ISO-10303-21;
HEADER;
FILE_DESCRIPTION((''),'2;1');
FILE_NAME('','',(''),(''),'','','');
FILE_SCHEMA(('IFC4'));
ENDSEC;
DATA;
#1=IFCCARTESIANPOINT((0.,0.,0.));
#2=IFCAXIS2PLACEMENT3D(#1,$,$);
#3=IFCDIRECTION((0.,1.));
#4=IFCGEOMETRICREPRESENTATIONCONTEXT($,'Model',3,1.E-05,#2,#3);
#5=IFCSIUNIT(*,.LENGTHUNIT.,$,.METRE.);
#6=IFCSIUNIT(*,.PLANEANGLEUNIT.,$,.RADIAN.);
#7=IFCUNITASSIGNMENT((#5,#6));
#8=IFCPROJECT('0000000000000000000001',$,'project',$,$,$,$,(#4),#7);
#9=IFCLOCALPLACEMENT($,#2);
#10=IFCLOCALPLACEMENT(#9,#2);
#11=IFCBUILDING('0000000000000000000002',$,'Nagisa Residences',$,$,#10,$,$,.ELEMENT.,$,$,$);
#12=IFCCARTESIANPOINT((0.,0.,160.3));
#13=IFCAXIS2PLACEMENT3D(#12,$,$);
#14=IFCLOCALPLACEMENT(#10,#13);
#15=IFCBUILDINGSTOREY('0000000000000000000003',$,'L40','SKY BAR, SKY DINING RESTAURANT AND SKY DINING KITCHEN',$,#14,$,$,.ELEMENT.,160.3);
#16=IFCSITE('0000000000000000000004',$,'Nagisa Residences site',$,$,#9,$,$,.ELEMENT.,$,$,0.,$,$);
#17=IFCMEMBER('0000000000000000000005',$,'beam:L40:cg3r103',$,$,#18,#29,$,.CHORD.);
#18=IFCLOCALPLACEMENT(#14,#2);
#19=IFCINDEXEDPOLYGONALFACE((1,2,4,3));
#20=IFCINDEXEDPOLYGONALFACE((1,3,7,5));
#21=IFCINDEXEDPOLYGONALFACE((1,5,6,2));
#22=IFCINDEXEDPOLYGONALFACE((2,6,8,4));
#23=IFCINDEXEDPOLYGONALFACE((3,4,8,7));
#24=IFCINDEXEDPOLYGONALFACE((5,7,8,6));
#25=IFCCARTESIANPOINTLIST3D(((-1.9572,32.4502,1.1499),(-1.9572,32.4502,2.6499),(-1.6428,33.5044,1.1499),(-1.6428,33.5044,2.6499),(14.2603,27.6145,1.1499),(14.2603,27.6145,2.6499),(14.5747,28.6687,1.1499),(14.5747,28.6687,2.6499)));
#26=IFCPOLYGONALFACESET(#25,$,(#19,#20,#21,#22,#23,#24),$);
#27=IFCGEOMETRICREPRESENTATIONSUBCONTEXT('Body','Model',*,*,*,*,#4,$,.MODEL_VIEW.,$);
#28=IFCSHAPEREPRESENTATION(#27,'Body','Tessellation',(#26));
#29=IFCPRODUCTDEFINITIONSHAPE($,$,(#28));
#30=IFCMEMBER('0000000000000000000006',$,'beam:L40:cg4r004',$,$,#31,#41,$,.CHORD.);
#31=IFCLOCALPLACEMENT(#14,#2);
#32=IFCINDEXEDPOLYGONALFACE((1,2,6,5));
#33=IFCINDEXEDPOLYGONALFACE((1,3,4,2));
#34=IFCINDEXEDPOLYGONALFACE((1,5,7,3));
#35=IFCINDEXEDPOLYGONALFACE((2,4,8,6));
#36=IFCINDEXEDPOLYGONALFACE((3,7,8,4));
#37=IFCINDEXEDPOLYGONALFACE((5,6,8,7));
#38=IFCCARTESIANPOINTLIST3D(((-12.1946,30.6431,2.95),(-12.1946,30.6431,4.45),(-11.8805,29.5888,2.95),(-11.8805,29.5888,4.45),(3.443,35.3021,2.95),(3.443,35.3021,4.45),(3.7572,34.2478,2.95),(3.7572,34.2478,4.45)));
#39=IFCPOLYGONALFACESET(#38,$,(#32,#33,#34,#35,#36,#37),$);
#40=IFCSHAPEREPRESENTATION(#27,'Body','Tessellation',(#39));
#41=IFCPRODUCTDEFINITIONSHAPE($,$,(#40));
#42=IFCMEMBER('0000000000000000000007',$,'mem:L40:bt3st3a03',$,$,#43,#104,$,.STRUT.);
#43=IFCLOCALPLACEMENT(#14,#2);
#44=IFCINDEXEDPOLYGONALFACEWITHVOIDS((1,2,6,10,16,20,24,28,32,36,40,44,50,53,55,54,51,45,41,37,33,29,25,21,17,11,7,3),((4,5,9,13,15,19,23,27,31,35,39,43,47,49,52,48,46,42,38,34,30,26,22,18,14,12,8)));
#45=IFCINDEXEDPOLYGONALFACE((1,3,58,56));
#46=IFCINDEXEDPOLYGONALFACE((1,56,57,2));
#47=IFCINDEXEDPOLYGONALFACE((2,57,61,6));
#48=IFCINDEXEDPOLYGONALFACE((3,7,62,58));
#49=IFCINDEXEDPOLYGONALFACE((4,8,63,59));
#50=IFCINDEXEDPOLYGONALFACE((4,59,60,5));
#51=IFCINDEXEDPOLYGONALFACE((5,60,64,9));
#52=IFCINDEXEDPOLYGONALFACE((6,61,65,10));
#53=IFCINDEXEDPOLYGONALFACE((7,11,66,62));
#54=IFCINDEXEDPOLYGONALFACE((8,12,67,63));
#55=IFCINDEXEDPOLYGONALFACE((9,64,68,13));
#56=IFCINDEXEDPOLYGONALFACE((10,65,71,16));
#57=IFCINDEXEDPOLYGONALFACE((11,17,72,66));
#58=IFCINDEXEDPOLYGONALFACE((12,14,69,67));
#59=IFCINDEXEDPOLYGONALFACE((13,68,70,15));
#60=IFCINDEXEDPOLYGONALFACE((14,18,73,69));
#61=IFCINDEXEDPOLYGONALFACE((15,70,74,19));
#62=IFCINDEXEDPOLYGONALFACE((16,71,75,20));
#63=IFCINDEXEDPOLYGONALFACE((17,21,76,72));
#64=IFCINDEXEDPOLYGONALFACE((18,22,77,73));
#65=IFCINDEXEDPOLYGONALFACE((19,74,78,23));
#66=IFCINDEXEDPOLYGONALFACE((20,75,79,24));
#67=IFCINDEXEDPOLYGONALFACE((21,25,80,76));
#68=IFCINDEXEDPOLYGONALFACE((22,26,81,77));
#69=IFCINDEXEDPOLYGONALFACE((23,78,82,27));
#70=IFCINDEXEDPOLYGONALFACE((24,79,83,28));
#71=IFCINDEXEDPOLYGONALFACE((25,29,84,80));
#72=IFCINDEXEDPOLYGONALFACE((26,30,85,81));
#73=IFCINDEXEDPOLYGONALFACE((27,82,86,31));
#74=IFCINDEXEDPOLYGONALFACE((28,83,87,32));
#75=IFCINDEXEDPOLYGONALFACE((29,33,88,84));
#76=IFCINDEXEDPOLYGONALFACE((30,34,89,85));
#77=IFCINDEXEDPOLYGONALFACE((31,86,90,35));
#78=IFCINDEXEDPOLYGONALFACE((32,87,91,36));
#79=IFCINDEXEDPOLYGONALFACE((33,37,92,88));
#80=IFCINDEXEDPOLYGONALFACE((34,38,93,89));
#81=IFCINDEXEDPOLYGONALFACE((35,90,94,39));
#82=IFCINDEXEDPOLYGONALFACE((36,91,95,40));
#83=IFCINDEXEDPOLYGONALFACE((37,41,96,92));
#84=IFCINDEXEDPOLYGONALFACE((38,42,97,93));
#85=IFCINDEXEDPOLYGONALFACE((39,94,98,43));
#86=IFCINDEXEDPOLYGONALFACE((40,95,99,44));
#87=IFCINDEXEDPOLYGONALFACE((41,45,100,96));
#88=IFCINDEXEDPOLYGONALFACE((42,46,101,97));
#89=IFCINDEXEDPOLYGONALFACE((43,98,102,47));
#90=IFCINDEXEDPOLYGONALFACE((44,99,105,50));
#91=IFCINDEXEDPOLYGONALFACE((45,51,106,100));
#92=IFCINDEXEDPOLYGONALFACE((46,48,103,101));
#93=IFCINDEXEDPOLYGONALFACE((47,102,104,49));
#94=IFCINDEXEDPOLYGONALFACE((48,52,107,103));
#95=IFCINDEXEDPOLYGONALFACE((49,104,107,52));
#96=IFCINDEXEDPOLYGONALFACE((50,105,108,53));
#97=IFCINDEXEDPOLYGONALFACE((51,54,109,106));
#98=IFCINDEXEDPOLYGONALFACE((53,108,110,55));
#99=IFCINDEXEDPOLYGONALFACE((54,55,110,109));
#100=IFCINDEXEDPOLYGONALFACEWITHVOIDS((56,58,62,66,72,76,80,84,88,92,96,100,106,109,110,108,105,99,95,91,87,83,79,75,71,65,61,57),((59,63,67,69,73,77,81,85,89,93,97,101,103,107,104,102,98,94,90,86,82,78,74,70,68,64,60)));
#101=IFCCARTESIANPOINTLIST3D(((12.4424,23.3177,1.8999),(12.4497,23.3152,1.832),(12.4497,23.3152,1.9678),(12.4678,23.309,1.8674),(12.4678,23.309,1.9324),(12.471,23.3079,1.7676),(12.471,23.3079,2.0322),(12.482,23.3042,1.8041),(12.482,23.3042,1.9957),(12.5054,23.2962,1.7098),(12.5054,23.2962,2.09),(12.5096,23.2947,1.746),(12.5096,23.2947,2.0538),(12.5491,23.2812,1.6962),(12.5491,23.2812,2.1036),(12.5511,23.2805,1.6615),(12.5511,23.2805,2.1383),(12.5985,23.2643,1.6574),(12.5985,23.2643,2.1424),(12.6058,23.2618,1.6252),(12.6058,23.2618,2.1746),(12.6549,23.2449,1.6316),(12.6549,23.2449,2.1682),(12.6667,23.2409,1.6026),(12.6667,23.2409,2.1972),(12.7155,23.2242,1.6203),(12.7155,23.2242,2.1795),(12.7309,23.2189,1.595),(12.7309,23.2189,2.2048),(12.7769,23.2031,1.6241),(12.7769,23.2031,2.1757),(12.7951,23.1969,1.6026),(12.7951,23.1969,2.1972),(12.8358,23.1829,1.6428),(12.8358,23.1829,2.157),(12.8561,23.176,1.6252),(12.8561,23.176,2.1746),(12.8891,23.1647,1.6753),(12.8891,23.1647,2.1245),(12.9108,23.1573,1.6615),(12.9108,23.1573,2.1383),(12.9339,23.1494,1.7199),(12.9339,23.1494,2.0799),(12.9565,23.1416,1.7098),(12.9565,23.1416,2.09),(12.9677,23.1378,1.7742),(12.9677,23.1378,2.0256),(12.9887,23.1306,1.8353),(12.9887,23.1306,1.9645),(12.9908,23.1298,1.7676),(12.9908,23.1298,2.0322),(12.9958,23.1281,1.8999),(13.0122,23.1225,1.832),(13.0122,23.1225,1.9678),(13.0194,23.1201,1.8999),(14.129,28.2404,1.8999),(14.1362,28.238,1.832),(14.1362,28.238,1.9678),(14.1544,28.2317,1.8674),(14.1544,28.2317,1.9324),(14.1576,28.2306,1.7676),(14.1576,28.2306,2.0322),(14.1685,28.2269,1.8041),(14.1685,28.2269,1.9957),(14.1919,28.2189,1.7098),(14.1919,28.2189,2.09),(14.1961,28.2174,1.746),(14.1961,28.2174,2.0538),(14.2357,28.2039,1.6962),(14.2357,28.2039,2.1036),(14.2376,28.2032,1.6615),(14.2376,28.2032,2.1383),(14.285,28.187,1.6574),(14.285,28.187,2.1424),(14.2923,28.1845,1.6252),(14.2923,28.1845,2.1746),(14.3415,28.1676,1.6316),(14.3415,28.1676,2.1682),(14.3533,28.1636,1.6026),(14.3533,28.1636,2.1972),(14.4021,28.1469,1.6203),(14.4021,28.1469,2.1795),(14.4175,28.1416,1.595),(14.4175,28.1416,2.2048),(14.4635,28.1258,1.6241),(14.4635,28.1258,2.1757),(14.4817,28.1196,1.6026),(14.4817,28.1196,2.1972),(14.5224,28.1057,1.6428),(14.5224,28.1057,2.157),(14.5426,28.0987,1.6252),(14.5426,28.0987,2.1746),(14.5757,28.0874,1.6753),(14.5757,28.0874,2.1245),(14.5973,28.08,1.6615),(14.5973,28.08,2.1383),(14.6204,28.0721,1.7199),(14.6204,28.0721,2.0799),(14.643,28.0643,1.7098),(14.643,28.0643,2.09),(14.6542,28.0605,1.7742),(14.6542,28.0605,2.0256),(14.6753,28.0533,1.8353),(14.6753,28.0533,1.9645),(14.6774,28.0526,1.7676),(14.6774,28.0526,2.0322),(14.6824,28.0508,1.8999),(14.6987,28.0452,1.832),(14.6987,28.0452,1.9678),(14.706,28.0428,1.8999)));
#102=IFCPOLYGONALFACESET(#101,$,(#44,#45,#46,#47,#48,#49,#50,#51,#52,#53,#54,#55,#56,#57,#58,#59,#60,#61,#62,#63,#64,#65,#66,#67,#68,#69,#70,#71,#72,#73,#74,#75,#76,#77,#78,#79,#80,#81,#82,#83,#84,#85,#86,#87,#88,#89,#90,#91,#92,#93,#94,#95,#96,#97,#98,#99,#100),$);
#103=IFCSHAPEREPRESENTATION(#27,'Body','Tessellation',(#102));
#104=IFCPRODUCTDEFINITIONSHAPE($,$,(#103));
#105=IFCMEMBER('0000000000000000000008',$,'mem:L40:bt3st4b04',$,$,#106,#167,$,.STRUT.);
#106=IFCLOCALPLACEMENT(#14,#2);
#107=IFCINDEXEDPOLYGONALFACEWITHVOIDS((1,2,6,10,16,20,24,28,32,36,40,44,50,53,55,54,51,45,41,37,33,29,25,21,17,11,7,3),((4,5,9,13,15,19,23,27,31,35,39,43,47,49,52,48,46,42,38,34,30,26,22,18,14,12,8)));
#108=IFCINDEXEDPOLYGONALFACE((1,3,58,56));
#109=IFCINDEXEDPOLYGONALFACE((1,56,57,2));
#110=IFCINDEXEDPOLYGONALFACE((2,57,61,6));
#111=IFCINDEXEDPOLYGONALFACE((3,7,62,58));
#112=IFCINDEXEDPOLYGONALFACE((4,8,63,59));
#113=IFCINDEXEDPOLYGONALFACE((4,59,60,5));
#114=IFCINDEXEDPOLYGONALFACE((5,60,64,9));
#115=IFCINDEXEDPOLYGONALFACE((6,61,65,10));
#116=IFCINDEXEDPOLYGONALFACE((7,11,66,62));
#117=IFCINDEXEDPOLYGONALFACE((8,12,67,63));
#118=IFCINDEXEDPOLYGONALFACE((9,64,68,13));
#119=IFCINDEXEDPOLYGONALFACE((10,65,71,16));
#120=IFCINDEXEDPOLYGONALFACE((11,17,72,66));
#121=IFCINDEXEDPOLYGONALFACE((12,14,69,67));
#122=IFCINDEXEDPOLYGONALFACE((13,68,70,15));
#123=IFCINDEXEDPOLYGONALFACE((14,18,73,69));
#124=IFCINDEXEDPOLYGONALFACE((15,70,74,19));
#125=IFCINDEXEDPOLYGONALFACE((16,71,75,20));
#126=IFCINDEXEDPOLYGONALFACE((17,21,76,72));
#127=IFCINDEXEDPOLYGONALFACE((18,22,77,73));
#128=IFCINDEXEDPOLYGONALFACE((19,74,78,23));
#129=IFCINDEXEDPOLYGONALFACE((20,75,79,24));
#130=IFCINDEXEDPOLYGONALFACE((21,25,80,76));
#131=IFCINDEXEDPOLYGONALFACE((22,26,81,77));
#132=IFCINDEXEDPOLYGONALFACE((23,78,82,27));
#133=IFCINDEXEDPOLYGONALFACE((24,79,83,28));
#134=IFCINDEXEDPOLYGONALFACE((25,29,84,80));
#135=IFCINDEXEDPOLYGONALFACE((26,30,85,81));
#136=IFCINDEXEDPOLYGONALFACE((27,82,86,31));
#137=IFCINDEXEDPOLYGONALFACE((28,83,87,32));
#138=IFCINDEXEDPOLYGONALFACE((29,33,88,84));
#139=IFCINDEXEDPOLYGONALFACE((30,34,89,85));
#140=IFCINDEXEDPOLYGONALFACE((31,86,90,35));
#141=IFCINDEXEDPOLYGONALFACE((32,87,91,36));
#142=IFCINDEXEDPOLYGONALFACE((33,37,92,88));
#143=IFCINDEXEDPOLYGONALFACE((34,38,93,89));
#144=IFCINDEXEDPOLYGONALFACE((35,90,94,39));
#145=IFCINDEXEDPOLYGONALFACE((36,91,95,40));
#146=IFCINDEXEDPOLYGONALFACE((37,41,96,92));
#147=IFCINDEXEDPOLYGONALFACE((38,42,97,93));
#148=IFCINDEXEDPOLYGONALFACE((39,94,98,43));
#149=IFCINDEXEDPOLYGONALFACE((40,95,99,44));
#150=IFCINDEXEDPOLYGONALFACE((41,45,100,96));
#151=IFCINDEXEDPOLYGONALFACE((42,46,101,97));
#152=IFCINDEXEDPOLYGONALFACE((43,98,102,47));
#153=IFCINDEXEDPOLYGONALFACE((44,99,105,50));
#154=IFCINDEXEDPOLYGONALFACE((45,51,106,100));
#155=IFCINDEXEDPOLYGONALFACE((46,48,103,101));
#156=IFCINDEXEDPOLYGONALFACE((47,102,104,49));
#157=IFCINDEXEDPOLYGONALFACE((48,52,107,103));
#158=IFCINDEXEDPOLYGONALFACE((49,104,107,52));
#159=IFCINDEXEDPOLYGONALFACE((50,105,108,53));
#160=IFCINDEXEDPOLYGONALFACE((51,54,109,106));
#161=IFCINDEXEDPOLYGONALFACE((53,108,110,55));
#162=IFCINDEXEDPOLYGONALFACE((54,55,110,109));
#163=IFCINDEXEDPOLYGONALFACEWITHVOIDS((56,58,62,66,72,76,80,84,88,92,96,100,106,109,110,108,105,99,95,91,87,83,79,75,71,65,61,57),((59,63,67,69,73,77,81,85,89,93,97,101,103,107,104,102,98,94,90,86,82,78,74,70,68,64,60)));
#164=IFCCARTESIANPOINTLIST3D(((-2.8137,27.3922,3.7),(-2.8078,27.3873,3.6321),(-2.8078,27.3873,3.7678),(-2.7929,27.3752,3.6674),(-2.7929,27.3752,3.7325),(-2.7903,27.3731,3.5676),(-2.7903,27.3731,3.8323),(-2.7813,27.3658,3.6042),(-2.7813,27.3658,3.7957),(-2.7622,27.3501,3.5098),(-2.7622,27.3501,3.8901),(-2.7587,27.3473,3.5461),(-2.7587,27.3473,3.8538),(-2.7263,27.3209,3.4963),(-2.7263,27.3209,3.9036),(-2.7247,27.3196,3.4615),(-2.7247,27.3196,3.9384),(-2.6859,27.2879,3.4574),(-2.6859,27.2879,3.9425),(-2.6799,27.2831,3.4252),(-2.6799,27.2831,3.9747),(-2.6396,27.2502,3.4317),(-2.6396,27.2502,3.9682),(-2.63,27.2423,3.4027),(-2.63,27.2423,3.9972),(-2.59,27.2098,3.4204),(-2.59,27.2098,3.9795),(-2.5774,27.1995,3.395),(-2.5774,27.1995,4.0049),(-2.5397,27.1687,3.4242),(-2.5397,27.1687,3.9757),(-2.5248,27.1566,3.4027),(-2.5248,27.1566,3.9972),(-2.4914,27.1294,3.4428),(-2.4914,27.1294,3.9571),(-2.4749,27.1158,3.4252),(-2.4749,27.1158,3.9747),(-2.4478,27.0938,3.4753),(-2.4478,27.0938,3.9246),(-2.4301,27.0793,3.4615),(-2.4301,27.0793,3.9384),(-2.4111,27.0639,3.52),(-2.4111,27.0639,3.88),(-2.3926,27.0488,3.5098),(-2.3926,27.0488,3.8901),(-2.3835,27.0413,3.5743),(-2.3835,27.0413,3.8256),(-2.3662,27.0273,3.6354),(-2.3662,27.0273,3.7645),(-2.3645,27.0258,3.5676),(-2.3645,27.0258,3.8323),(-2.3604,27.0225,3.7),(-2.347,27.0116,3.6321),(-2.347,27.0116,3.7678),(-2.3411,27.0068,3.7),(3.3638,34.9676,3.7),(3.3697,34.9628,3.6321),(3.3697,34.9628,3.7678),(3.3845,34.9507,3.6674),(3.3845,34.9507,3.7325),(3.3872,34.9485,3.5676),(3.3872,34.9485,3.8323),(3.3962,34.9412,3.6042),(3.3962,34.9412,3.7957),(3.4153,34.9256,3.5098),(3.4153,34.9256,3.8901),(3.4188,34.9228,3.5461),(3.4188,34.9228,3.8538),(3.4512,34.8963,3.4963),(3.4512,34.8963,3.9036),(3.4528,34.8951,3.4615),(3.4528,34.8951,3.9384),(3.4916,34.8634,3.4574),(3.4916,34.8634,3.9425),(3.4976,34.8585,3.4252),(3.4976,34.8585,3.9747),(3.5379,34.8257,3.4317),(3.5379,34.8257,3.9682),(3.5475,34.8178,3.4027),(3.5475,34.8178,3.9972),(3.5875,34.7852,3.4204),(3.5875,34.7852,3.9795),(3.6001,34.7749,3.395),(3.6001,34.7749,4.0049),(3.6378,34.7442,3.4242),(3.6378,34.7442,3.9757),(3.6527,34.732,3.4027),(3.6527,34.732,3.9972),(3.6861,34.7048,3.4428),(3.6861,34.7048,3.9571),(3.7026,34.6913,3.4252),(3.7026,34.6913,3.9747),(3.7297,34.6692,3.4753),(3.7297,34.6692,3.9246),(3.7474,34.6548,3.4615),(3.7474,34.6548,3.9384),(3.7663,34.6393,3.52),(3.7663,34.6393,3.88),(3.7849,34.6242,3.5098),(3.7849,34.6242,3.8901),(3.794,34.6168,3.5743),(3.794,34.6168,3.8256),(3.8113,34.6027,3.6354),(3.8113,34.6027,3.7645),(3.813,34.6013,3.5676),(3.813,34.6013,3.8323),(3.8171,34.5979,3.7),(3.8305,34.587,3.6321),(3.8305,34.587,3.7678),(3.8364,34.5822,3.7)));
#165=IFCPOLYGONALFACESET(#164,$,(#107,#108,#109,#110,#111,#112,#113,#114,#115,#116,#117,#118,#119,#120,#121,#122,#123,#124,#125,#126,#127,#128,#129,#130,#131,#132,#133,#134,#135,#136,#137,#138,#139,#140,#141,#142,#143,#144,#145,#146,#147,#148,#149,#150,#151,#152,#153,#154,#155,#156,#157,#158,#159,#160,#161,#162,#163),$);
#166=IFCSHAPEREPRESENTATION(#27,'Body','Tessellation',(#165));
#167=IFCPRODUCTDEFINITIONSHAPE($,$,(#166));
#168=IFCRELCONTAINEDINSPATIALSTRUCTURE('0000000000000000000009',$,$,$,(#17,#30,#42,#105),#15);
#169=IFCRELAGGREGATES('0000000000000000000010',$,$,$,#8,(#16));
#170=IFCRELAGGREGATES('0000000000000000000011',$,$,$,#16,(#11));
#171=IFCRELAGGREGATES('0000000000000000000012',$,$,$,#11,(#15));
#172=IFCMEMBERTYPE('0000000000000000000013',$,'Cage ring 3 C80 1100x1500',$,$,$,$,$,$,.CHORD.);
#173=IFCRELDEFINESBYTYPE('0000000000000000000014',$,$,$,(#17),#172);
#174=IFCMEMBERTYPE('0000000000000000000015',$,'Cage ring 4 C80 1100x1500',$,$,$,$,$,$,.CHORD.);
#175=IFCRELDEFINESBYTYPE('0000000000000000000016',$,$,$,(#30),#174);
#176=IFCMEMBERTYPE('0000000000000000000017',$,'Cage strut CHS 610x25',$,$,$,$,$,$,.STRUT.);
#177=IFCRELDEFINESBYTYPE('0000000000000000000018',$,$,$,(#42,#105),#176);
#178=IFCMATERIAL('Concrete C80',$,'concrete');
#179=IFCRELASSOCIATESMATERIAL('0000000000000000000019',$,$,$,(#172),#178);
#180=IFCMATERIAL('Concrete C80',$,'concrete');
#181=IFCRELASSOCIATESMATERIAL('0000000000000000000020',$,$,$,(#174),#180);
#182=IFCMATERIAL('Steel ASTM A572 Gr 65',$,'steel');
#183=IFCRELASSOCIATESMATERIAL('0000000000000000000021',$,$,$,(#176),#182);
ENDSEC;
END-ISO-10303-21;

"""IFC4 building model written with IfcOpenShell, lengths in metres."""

from ifc_helpers import new_model, si_unit, direction, frame, origin, origin_2d, place, context, subcontext, project, spatial, rectangle, hollow_circle, extrude, material, material_profile, profile_set, type_object, element, save


model = new_model("IFC4")

# Units and contexts
model_context = context("Model", 3, precision=1e-05, world=origin(), true_north=direction((0.0, 1.0)))
body_context = subcontext(model_context, "Body", "Model", "MODEL_VIEW")
ifc_project = project(units=[si_unit("LENGTHUNIT", "METRE"), si_unit("PLANEANGLEUNIT", "RADIAN")], contexts=[model_context])

# Site, building, storey
site_placement = place(None, origin())
site = spatial("IfcSite", under=ifc_project, at=site_placement, Name="Nagisa Residences site", CompositionType="ELEMENT", RefElevation=0.0)
building_placement = place(site_placement, origin())
building = spatial("IfcBuilding", under=site, at=building_placement, Name="Nagisa Residences", CompositionType="ELEMENT")
storey_placement = place(building_placement, frame((0.0, 0.0, 160.3)))
storey = spatial("IfcBuildingStorey", under=building, at=storey_placement, Name="L40", Description="SKY BAR, SKY DINING RESTAURANT AND SKY DINING KITCHEN", CompositionType="ELEMENT", Elevation=160.3)

# Members
ifc_material_1 = material(Name="Concrete C80", Category="concrete")
ifc_material_profile_1 = material_profile(ifc_material_1, rectangle(XDim=1.1001, YDim=1.5, at=origin_2d()), Name="C80 1100x1500")
ifc_profile_set_1 = profile_set([ifc_material_profile_1], Name="Concrete C80")
member_type_1 = type_object("IfcMemberType", Name="Cage ring 3 C80 1100x1500", PredefinedType="CHORD", material=ifc_profile_set_1)
member_1_placement = place(storey_placement, frame((14.4175, 28.1416, 1.8999), z_axis=(-0.958306, 0.285745, 0.0), x_axis=(-0.285745, -0.958306, 0.0)))
element("IfcMember", 1, at=member_1_placement, inside=storey, type_object=member_type_1, Name="beam:L40:cg3r103", PredefinedType="CHORD", context=body_context, shape_type="SweptSolid", body=[
    extrude(rectangle(XDim=1.1001, YDim=1.5, at=origin_2d()), origin(), (0.0, 0.0, 1.0), 16.9231),
])
ifc_material_2 = material(Name="Concrete C80", Category="concrete")
ifc_material_profile_2 = material_profile(ifc_material_2, rectangle(XDim=1.1001, YDim=1.5, at=origin_2d()), Name="C80 1100x1500")
ifc_profile_set_2 = profile_set([ifc_material_profile_2], Name="Concrete C80")
member_type_2 = type_object("IfcMemberType", Name="Cage ring 4 C80 1100x1500", PredefinedType="CHORD", material=ifc_profile_set_2)
member_2_placement = place(storey_placement, frame((3.6001, 34.7749, 3.7), z_axis=(-0.958371, -0.285527, 0.0), x_axis=(0.285527, -0.958371, 0.0)))
element("IfcMember", 2, at=member_2_placement, inside=storey, type_object=member_type_2, Name="beam:L40:cg4r004", PredefinedType="CHORD", context=body_context, shape_type="SweptSolid", body=[
    extrude(rectangle(XDim=1.1001, YDim=1.5, at=origin_2d()), origin(), (0.0, 0.0, 1.0), 16.3169),
])
ifc_material_3 = material(Name="Steel ASTM A572 Gr 65", Category="steel")
ifc_material_profile_3 = material_profile(ifc_material_3, hollow_circle(Radius=0.3049, WallThickness=0.0249, at=origin_2d()), Name="CHS 610x25")
ifc_profile_set_3 = profile_set([ifc_material_profile_3], Name="Steel ASTM A572 Gr 65")
member_type_3 = type_object("IfcMemberType", Name="Cage strut CHS 610x25", PredefinedType="STRUT", material=ifc_profile_set_3)
member_3_placement = place(storey_placement, frame((14.4175, 28.1416, 1.8999), z_axis=(-0.324113, -0.946018, 0.0), x_axis=(0.946018, -0.324113, 0.0)))
element("IfcMember", 3, at=member_3_placement, inside=storey, type_object=member_type_3, Name="mem:L40:bt3st3a03", PredefinedType="STRUT", context=body_context, shape_type="SweptSolid", body=[
    extrude(hollow_circle(Radius=0.3049, WallThickness=0.0249, at=origin_2d()), origin(), (0.0, 0.0, 1.0), 5.2036),
])
member_4_placement = place(storey_placement, frame((3.6001, 34.7749, 3.7), z_axis=(-0.631975, -0.774989, 0.0), x_axis=(0.774989, -0.631975, 0.0)))
element("IfcMember", 4, at=member_4_placement, inside=storey, type_object=member_type_3, Name="mem:L40:bt3st4b04", PredefinedType="STRUT", context=body_context, shape_type="SweptSolid", body=[
    extrude(hollow_circle(Radius=0.3049, WallThickness=0.0249, at=origin_2d()), origin(), (0.0, 0.0, 1.0), 9.7749),
])

save(model, "model.ifc")
